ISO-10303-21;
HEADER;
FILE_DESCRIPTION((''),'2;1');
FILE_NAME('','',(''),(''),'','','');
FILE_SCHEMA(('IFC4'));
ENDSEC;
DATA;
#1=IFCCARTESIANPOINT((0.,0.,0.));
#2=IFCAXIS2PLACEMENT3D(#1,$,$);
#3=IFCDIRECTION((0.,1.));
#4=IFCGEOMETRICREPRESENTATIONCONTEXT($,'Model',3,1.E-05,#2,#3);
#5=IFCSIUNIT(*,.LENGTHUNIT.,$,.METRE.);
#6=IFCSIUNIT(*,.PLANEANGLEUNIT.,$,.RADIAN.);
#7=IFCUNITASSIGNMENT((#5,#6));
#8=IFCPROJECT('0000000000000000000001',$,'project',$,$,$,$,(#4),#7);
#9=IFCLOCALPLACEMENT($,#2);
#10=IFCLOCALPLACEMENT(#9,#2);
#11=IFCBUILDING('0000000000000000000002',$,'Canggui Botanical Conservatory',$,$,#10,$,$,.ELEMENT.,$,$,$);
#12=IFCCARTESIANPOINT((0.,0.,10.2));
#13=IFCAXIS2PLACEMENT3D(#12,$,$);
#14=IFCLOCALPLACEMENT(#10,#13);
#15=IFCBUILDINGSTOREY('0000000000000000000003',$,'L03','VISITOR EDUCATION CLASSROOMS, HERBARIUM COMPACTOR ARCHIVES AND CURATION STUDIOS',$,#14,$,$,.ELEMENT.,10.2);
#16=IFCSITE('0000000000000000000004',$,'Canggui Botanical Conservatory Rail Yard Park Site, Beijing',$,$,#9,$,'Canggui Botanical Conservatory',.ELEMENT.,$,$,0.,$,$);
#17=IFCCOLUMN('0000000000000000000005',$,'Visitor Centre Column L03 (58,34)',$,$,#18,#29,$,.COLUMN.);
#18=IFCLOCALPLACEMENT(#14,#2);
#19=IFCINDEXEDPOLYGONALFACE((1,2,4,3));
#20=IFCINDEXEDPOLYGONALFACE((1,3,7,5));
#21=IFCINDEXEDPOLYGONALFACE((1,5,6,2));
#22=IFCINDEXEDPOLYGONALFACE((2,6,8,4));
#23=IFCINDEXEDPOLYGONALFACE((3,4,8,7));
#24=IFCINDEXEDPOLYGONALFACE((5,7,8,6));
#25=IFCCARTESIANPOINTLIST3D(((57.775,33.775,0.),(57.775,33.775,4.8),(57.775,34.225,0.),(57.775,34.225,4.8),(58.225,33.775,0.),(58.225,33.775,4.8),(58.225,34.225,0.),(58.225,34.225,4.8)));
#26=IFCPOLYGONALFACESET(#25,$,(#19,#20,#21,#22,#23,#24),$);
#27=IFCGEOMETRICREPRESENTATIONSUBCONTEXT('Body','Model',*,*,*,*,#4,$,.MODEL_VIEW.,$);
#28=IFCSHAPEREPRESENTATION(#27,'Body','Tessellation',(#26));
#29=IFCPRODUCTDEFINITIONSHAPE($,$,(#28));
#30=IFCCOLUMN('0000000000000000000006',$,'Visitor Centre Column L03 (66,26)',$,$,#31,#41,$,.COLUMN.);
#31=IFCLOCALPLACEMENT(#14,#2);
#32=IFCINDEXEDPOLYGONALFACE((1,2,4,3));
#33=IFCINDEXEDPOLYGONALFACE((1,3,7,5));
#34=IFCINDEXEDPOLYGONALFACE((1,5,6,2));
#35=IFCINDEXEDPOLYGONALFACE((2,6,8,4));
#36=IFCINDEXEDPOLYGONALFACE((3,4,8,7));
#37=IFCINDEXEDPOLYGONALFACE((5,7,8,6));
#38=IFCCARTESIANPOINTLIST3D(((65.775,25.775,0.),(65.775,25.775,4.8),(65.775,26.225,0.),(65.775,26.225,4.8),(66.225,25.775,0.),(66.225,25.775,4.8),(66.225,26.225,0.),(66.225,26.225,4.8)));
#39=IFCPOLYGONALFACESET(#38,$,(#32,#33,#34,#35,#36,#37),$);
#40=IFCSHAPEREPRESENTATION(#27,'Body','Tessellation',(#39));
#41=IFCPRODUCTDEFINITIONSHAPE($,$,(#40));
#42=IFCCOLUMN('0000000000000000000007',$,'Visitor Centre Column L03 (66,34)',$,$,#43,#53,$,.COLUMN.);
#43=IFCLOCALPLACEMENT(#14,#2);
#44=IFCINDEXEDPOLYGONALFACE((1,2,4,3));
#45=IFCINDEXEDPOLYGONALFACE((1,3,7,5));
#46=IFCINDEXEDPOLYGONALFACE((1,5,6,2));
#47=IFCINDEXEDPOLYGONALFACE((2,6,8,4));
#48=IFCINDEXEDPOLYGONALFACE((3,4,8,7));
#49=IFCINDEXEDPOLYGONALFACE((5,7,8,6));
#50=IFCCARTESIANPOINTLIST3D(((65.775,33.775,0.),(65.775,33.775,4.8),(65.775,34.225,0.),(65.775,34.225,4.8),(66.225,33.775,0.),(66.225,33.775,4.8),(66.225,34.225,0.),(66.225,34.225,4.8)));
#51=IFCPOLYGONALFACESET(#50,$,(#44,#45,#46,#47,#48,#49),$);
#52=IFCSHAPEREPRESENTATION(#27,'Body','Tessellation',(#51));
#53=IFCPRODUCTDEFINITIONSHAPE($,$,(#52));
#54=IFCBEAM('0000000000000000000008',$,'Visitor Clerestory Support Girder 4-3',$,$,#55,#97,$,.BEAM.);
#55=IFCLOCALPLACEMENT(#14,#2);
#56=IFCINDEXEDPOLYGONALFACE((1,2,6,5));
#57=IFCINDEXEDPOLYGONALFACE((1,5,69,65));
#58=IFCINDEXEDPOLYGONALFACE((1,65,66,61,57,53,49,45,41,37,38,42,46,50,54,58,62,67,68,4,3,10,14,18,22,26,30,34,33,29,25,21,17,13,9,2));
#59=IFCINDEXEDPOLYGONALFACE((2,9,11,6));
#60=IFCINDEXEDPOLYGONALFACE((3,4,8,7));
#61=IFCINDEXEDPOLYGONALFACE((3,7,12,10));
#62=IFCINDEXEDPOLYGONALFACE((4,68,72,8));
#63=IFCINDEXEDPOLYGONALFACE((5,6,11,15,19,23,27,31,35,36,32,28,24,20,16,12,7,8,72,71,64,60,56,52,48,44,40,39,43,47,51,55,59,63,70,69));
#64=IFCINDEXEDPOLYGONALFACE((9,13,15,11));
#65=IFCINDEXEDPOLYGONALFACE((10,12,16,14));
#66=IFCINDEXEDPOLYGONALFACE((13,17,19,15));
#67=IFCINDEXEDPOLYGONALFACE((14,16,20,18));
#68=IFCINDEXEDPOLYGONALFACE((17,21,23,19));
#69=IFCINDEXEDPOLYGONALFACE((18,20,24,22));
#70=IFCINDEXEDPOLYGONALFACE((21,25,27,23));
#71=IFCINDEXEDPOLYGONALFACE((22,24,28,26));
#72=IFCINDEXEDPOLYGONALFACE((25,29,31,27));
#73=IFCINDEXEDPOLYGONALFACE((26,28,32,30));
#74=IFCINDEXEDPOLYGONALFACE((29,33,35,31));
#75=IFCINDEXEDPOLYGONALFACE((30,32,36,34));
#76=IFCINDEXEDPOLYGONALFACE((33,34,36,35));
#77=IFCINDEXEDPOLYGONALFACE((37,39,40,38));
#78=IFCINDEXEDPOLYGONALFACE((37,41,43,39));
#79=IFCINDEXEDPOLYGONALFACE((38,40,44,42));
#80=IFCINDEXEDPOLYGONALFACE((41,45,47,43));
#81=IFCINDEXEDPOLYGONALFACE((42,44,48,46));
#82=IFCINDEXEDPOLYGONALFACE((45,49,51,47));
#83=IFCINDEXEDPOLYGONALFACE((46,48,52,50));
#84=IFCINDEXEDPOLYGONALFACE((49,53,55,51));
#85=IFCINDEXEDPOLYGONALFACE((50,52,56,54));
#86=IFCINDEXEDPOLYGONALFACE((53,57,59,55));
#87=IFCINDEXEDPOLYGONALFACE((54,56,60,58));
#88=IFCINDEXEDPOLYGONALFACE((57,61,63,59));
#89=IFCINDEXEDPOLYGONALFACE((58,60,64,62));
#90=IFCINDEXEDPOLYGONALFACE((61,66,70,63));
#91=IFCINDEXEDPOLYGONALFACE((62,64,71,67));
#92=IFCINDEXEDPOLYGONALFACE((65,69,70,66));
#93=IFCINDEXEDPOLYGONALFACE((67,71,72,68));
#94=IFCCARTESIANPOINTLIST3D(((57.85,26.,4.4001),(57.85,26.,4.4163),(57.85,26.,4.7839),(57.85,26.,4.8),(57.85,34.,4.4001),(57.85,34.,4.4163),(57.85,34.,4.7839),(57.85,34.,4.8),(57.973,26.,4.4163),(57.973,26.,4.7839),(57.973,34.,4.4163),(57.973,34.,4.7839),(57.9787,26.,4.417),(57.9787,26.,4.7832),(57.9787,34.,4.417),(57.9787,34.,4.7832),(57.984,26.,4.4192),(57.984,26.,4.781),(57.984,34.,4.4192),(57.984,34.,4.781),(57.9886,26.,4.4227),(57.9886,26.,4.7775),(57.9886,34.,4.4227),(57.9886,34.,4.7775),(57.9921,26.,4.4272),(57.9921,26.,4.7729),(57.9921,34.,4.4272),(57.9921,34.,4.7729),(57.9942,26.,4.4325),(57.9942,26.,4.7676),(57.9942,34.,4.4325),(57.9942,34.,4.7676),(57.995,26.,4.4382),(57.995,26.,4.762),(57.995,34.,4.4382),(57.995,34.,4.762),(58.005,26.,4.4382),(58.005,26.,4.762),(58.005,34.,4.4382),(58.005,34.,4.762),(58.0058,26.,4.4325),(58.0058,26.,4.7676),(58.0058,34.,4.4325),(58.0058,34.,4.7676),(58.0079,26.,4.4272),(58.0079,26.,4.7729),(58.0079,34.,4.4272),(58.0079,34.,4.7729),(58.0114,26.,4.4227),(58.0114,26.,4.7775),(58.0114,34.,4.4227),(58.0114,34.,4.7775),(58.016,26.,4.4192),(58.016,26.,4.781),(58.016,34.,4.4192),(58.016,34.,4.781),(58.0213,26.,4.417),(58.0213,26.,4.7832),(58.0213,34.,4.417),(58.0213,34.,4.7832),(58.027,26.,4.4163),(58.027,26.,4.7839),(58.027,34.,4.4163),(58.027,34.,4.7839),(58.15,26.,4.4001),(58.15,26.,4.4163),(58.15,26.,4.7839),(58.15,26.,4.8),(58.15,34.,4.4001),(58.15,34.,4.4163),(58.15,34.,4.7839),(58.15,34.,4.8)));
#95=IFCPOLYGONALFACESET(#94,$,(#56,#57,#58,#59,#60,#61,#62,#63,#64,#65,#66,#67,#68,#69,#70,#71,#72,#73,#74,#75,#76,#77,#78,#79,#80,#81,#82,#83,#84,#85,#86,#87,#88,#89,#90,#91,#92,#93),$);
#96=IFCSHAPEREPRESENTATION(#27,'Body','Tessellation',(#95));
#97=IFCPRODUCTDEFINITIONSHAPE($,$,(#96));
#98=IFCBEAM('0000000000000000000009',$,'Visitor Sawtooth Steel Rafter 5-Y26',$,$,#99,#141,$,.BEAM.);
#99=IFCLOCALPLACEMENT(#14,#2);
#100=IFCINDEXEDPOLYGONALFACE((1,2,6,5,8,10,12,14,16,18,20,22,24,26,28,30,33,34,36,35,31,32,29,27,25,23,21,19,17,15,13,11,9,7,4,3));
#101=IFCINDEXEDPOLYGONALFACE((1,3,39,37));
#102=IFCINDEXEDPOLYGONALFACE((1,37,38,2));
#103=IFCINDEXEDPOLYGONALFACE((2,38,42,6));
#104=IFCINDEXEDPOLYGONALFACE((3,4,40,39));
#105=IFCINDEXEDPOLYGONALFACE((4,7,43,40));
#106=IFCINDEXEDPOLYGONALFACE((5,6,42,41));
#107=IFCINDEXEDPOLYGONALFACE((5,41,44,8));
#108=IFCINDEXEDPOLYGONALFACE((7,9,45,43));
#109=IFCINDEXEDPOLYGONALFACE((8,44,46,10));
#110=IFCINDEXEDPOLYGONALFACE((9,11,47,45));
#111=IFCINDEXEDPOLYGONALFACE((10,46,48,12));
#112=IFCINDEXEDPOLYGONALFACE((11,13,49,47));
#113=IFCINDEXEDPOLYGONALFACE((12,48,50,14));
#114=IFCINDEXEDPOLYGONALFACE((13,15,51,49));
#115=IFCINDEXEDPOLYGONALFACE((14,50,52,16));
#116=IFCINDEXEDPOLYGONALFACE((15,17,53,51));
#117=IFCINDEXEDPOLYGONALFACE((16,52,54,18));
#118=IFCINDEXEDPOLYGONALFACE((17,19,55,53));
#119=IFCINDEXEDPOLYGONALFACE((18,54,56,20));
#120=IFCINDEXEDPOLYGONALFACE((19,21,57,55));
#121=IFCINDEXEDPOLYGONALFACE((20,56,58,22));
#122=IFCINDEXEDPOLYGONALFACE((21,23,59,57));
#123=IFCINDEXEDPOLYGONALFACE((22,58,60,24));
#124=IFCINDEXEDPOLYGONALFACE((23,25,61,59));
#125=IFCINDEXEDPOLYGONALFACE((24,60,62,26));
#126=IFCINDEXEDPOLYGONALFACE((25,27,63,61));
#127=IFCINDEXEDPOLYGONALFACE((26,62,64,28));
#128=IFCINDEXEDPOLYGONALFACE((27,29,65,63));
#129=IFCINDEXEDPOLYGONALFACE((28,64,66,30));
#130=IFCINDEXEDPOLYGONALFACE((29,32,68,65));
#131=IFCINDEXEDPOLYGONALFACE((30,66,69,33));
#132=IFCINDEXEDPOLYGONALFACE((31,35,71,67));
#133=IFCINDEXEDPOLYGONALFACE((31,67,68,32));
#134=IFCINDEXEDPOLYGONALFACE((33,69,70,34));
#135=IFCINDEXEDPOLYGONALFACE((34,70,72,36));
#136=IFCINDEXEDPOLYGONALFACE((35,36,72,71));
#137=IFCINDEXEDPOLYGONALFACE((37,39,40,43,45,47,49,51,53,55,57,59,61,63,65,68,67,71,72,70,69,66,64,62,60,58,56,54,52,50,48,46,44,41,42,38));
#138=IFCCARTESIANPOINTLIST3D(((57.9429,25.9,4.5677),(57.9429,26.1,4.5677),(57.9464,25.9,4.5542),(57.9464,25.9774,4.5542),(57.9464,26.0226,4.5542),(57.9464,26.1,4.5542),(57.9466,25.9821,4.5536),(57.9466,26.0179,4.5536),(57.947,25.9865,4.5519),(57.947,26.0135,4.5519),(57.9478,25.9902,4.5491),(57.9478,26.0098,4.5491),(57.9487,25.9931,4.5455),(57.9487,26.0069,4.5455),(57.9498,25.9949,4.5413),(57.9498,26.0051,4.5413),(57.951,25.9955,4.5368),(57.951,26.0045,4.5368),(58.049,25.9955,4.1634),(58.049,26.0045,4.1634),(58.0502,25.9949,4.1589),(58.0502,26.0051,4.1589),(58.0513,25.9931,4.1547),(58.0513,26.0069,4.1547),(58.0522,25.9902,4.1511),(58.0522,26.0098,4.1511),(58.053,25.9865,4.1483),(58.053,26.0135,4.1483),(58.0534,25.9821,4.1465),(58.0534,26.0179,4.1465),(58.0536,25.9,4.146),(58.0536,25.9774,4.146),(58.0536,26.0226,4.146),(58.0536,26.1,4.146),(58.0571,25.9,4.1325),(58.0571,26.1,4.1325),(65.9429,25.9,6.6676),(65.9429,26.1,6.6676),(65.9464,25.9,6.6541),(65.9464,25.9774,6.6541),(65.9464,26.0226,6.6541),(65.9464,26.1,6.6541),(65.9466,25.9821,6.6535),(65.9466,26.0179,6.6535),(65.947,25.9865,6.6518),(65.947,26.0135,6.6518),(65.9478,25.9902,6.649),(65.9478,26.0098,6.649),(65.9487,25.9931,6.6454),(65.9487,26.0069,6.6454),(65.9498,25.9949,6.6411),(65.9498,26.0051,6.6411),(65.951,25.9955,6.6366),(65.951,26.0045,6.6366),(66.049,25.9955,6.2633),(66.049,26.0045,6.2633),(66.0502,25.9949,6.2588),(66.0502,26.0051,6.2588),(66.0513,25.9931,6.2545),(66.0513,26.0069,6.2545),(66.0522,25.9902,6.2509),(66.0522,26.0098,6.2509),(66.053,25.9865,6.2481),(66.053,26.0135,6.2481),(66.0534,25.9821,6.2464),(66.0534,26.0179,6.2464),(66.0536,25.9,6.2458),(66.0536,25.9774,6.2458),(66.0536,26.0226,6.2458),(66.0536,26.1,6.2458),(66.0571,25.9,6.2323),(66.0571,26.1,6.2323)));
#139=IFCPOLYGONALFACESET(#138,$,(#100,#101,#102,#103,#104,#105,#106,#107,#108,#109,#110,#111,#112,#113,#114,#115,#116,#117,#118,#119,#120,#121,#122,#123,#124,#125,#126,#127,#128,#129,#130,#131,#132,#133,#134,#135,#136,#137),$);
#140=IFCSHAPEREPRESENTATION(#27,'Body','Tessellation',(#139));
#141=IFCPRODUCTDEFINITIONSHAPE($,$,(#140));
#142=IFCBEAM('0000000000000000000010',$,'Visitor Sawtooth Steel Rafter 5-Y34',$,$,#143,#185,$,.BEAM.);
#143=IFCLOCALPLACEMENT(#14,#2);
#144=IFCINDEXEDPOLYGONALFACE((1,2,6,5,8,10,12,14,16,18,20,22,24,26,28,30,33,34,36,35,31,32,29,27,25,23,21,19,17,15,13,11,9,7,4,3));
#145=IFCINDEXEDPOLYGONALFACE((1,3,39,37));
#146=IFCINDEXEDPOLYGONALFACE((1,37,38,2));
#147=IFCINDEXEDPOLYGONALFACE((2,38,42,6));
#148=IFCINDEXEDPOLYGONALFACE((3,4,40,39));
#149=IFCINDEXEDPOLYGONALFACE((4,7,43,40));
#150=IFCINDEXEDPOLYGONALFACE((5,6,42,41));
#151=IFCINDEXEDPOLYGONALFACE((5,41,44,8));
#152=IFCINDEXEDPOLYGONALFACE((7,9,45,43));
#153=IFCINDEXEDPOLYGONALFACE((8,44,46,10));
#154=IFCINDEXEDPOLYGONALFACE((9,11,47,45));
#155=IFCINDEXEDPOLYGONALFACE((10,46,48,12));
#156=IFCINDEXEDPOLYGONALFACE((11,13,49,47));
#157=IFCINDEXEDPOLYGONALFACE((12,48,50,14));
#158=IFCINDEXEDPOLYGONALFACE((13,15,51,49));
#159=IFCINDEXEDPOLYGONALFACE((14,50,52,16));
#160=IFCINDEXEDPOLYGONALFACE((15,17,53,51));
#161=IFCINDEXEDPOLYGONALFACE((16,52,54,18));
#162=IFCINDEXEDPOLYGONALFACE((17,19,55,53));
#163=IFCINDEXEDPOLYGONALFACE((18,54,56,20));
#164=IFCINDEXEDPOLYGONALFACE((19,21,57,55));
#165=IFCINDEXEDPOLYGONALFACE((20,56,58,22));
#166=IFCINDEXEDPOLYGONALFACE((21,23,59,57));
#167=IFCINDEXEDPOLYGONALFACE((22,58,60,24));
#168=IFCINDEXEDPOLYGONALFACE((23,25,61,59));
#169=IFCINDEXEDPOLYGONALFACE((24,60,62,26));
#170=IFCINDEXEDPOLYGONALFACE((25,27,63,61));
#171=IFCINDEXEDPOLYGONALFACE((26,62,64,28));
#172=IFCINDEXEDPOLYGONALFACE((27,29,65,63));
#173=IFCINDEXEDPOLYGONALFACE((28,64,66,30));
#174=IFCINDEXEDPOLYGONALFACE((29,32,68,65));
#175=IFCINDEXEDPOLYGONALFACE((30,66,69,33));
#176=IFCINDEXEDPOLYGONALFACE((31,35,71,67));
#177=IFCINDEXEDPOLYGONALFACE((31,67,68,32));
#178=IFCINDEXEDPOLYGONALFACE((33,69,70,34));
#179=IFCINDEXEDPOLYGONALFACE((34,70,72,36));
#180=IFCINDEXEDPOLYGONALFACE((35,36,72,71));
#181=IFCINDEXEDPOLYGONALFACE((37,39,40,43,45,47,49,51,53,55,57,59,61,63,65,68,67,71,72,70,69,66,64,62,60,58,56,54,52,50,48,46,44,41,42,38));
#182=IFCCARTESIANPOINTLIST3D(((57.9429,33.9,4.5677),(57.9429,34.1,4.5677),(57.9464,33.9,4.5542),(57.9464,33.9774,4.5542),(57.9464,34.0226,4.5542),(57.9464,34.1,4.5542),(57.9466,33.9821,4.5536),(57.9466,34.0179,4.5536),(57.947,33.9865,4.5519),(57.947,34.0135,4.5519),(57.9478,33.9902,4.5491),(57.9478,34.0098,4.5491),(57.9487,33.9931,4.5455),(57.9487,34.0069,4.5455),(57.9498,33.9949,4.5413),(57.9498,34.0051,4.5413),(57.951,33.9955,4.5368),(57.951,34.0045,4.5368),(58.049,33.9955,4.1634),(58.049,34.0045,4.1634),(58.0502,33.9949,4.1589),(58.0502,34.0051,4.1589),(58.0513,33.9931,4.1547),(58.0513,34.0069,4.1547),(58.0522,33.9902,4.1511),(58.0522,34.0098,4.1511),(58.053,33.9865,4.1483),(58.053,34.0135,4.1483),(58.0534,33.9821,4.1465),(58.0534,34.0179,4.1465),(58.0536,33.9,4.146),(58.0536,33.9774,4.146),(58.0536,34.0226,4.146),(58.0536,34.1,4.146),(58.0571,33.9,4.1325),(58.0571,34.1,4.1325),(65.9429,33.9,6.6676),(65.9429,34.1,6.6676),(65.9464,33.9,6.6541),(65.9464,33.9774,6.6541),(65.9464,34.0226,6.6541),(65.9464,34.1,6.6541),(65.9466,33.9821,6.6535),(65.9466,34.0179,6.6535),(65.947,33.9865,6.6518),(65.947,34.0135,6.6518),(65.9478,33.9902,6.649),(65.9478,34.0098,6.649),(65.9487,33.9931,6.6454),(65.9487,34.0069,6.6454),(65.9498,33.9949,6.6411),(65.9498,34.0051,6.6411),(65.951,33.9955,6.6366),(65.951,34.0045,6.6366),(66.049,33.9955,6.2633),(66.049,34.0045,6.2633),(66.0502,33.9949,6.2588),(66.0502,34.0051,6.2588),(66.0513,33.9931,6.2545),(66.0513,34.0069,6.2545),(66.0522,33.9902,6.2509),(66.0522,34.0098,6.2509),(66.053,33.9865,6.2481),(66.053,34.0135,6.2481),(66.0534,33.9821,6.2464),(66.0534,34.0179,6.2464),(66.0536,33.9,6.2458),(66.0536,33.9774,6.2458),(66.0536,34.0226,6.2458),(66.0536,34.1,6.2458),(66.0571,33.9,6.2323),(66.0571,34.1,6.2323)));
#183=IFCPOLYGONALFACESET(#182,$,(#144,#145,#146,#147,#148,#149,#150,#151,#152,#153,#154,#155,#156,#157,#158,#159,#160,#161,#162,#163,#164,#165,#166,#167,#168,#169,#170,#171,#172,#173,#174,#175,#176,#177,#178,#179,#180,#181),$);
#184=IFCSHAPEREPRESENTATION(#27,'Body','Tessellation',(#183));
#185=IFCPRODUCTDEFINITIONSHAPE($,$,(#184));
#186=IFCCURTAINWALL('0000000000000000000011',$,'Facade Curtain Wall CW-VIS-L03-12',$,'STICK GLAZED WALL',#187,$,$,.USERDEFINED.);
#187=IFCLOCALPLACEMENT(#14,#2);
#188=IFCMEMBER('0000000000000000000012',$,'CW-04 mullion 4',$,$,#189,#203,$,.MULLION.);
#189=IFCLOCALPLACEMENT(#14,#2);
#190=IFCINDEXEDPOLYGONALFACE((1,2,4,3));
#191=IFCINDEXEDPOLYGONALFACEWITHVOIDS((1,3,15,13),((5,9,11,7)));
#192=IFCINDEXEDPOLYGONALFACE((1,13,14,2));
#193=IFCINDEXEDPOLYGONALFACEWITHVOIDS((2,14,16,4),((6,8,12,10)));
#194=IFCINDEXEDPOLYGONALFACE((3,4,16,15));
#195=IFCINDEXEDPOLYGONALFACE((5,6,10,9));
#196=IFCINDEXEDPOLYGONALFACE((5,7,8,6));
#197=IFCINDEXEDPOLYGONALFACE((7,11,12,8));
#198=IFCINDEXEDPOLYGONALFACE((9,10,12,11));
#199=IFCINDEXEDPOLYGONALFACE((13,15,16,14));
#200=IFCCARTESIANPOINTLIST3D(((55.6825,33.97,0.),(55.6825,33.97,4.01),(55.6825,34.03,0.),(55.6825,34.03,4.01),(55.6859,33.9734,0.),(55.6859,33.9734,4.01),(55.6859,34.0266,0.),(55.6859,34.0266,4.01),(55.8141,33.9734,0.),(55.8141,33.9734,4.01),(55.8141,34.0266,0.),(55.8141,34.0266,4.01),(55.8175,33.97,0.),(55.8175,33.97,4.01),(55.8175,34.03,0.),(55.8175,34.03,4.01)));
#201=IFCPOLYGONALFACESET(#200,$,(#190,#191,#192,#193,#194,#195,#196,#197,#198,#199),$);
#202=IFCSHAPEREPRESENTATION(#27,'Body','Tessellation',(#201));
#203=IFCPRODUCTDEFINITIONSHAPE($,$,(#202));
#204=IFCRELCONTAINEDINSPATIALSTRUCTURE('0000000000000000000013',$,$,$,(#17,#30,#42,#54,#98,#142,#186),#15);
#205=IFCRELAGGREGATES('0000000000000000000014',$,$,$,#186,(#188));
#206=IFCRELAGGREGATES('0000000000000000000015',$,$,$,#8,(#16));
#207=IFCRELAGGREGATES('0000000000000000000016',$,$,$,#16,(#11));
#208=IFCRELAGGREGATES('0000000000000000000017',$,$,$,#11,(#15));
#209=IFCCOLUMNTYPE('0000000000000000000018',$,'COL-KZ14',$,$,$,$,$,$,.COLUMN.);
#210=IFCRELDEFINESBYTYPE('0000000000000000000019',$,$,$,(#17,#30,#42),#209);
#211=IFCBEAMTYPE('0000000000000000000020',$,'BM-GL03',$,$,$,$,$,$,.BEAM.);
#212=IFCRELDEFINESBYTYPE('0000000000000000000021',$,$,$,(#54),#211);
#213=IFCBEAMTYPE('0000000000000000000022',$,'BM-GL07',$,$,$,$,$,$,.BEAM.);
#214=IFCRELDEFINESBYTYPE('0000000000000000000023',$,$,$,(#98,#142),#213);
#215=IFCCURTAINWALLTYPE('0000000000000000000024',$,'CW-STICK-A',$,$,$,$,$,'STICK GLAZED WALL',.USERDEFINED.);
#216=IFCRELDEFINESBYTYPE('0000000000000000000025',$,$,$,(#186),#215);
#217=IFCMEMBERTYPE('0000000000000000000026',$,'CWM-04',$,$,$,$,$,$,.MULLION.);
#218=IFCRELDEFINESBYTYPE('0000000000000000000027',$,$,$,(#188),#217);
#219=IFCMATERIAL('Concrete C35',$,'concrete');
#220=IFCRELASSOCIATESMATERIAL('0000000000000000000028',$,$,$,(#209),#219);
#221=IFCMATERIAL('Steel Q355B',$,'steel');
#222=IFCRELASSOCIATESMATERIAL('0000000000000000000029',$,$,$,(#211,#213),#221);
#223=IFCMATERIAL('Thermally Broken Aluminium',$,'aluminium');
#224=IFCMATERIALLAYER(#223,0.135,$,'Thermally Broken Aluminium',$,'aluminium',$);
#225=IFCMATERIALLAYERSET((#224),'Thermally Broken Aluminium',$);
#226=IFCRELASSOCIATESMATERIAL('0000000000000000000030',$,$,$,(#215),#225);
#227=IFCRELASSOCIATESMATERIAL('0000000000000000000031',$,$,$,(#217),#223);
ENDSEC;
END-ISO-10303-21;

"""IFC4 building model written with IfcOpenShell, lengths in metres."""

from ifc_helpers import new_model, si_unit, direction, frame, origin, origin_2d, place, context, subcontext, project, spatial, rectangle, hollow_rectangle, i_section, extrude, material, layer, layer_set, material_profile, profile_set, type_object, element, aggregate, save


model = new_model("IFC4")

# Units and contexts
model_context = context("Model", 3, precision=1e-05, world=origin(), true_north=direction((0.0, 1.0)))
body_context = subcontext(model_context, "Body", "Model", "MODEL_VIEW")
ifc_project = project(units=[si_unit("LENGTHUNIT", "METRE"), si_unit("PLANEANGLEUNIT", "RADIAN")], contexts=[model_context])

# Site, building, storey
site_placement = place(None, origin())
site = spatial("IfcSite", under=ifc_project, at=site_placement, Name="Canggui Botanical Conservatory Rail Yard Park Site, Beijing", LongName="Canggui Botanical Conservatory", CompositionType="ELEMENT", RefElevation=0.0)
building_placement = place(site_placement, origin())
building = spatial("IfcBuilding", under=site, at=building_placement, Name="Canggui Botanical Conservatory", CompositionType="ELEMENT")
storey_placement = place(building_placement, frame((0.0, 0.0, 10.2)))
storey = spatial("IfcBuildingStorey", under=building, at=storey_placement, Name="L03", Description="VISITOR EDUCATION CLASSROOMS, HERBARIUM COMPACTOR ARCHIVES AND CURATION STUDIOS", CompositionType="ELEMENT", Elevation=10.2)

# Columns
ifc_material_1 = material(Name="Concrete C35", Category="concrete")
ifc_material_profile_1 = material_profile(ifc_material_1, rectangle(XDim=0.45, YDim=0.45, at=origin_2d()), Name="RC 450x450")
ifc_profile_set_1 = profile_set([ifc_material_profile_1], Name="Concrete C35")
column_type = type_object("IfcColumnType", Name="COL-KZ14", PredefinedType="COLUMN", material=ifc_profile_set_1)
for number, where, z_axis, x_axis, name in (
    (1, (58.0, 34.0, 0.0), (0.0, 0.0, 1.0), (1.0, 0.0, 0.0), "Visitor Centre Column L03 (58,34)"),
    (2, (66.0, 26.0, 0.0), (0.0, 0.0, 1.0), (1.0, 0.0, 0.0), "Visitor Centre Column L03 (66,26)"),
    (3, (66.0, 34.0, 0.0), (0.0, 0.0, 1.0), (1.0, 0.0, 0.0), "Visitor Centre Column L03 (66,34)"),
):
    element("IfcColumn", number, at=place(storey_placement, frame(where, z_axis=z_axis, x_axis=x_axis)), inside=storey, type_object=column_type, Name=name, PredefinedType="COLUMN", context=body_context, shape_type="SweptSolid", body=[
        extrude(rectangle(XDim=0.45, YDim=0.45, at=origin_2d()), origin(), (0.0, 0.0, 1.0), 4.8),
    ])

# Beams
ifc_material_2 = material(Name="Steel Q355B", Category="steel")
ifc_material_profile_2 = material_profile(ifc_material_2, i_section(OverallWidth=0.3, OverallDepth=0.3999, WebThickness=0.01, FlangeThickness=0.0161, FilletRadius=0.022, at=origin_2d()), Name="HM 400x300x10x16")
ifc_profile_set_2 = profile_set([ifc_material_profile_2], Name="Steel Q355B")
beam_type_1 = type_object("IfcBeamType", Name="BM-GL03", PredefinedType="BEAM", material=ifc_profile_set_2)
beam_placement = place(storey_placement, frame((58.0, 26.0, 4.6001), z_axis=(0.0, 1.0, 0.0), x_axis=(-1.0, 0.0, 0.0)))
element("IfcBeam", 4, at=beam_placement, inside=storey, type_object=beam_type_1, Name="Visitor Clerestory Support Girder 4-3", PredefinedType="BEAM", context=body_context, shape_type="SweptSolid", body=[
    extrude(i_section(OverallWidth=0.3, OverallDepth=0.3999, WebThickness=0.01, FlangeThickness=0.0161, FilletRadius=0.022, at=origin_2d()), origin(), (0.0, 0.0, 1.0), 8.0),
])
ifc_material_profile_3 = material_profile(ifc_material_2, i_section(OverallWidth=0.2, OverallDepth=0.45, WebThickness=0.009, FlangeThickness=0.0139, FilletRadius=0.0181, at=origin_2d()), Name="HN 450x200x9x14")
ifc_profile_set_3 = profile_set([ifc_material_profile_3], Name="Steel Q355B")
beam_type_2 = type_object("IfcBeamType", Name="BM-GL07", PredefinedType="BEAM", material=ifc_profile_set_3)
for number, where, z_axis, x_axis, name in (
    (5, (58.0, 26.0, 4.3501), (0.967235, 0.0, 0.253882), (0.0, 1.0, 0.0), "Visitor Sawtooth Steel Rafter 5-Y26"),
    (6, (58.0, 34.0, 4.3501), (0.967235, 0.0, 0.253882), (0.0, 1.0, 0.0), "Visitor Sawtooth Steel Rafter 5-Y34"),
):
    element("IfcBeam", number, at=place(storey_placement, frame(where, z_axis=z_axis, x_axis=x_axis)), inside=storey, type_object=beam_type_2, Name=name, PredefinedType="BEAM", context=body_context, shape_type="SweptSolid", body=[
        extrude(i_section(OverallWidth=0.2, OverallDepth=0.45, WebThickness=0.009, FlangeThickness=0.0139, FilletRadius=0.0181, at=origin_2d()), origin(), (0.0, 0.0, 1.0), 8.271),
    ])

# Curtain wall, member
ifc_material_3 = material(Name="Thermally Broken Aluminium", Category="aluminium")
ifc_layer_1 = layer(ifc_material_3, 0.135, Name="Thermally Broken Aluminium", Category="aluminium")
ifc_layer_set_1 = layer_set([ifc_layer_1], Name="Thermally Broken Aluminium")
curtain_wall_type = type_object("IfcCurtainWallType", Name="CW-STICK-A", ElementType="STICK GLAZED WALL", PredefinedType="USERDEFINED", material=ifc_layer_set_1)
curtain_wall_placement = place(storey_placement, origin())
curtain_wall = element("IfcCurtainWall", 7, at=curtain_wall_placement, inside=storey, type_object=curtain_wall_type, Name="Facade Curtain Wall CW-VIS-L03-12", ObjectType="STICK GLAZED WALL", PredefinedType="USERDEFINED")
ifc_material_profile_4 = material_profile(ifc_material_3, hollow_rectangle(XDim=0.0601, YDim=0.135, WallThickness=0.0034, at=origin_2d()), Name="CWM 60x135x3.5")
ifc_profile_set_4 = profile_set([ifc_material_profile_4], Name="Thermally Broken Aluminium")
member_type_1 = type_object("IfcMemberType", Name="CWM-04", PredefinedType="MULLION", material=ifc_profile_set_4)
member_1_placement = place(storey_placement, frame((55.75, 34.0, 0.0), z_axis=(0.0, 0.0, 1.0), x_axis=(0.0, 1.0, 0.0)))
member_1 = element("IfcMember", 8, at=member_1_placement, type_object=member_type_1, Name="CW-04 mullion 4", PredefinedType="MULLION", context=body_context, shape_type="SweptSolid", body=[
    extrude(hollow_rectangle(XDim=0.0601, YDim=0.135, WallThickness=0.0034, at=origin_2d()), origin(), (0.0, 0.0, 1.0), 4.01),
])

aggregate(curtain_wall, [member_1])

save(model, "model.ifc")
